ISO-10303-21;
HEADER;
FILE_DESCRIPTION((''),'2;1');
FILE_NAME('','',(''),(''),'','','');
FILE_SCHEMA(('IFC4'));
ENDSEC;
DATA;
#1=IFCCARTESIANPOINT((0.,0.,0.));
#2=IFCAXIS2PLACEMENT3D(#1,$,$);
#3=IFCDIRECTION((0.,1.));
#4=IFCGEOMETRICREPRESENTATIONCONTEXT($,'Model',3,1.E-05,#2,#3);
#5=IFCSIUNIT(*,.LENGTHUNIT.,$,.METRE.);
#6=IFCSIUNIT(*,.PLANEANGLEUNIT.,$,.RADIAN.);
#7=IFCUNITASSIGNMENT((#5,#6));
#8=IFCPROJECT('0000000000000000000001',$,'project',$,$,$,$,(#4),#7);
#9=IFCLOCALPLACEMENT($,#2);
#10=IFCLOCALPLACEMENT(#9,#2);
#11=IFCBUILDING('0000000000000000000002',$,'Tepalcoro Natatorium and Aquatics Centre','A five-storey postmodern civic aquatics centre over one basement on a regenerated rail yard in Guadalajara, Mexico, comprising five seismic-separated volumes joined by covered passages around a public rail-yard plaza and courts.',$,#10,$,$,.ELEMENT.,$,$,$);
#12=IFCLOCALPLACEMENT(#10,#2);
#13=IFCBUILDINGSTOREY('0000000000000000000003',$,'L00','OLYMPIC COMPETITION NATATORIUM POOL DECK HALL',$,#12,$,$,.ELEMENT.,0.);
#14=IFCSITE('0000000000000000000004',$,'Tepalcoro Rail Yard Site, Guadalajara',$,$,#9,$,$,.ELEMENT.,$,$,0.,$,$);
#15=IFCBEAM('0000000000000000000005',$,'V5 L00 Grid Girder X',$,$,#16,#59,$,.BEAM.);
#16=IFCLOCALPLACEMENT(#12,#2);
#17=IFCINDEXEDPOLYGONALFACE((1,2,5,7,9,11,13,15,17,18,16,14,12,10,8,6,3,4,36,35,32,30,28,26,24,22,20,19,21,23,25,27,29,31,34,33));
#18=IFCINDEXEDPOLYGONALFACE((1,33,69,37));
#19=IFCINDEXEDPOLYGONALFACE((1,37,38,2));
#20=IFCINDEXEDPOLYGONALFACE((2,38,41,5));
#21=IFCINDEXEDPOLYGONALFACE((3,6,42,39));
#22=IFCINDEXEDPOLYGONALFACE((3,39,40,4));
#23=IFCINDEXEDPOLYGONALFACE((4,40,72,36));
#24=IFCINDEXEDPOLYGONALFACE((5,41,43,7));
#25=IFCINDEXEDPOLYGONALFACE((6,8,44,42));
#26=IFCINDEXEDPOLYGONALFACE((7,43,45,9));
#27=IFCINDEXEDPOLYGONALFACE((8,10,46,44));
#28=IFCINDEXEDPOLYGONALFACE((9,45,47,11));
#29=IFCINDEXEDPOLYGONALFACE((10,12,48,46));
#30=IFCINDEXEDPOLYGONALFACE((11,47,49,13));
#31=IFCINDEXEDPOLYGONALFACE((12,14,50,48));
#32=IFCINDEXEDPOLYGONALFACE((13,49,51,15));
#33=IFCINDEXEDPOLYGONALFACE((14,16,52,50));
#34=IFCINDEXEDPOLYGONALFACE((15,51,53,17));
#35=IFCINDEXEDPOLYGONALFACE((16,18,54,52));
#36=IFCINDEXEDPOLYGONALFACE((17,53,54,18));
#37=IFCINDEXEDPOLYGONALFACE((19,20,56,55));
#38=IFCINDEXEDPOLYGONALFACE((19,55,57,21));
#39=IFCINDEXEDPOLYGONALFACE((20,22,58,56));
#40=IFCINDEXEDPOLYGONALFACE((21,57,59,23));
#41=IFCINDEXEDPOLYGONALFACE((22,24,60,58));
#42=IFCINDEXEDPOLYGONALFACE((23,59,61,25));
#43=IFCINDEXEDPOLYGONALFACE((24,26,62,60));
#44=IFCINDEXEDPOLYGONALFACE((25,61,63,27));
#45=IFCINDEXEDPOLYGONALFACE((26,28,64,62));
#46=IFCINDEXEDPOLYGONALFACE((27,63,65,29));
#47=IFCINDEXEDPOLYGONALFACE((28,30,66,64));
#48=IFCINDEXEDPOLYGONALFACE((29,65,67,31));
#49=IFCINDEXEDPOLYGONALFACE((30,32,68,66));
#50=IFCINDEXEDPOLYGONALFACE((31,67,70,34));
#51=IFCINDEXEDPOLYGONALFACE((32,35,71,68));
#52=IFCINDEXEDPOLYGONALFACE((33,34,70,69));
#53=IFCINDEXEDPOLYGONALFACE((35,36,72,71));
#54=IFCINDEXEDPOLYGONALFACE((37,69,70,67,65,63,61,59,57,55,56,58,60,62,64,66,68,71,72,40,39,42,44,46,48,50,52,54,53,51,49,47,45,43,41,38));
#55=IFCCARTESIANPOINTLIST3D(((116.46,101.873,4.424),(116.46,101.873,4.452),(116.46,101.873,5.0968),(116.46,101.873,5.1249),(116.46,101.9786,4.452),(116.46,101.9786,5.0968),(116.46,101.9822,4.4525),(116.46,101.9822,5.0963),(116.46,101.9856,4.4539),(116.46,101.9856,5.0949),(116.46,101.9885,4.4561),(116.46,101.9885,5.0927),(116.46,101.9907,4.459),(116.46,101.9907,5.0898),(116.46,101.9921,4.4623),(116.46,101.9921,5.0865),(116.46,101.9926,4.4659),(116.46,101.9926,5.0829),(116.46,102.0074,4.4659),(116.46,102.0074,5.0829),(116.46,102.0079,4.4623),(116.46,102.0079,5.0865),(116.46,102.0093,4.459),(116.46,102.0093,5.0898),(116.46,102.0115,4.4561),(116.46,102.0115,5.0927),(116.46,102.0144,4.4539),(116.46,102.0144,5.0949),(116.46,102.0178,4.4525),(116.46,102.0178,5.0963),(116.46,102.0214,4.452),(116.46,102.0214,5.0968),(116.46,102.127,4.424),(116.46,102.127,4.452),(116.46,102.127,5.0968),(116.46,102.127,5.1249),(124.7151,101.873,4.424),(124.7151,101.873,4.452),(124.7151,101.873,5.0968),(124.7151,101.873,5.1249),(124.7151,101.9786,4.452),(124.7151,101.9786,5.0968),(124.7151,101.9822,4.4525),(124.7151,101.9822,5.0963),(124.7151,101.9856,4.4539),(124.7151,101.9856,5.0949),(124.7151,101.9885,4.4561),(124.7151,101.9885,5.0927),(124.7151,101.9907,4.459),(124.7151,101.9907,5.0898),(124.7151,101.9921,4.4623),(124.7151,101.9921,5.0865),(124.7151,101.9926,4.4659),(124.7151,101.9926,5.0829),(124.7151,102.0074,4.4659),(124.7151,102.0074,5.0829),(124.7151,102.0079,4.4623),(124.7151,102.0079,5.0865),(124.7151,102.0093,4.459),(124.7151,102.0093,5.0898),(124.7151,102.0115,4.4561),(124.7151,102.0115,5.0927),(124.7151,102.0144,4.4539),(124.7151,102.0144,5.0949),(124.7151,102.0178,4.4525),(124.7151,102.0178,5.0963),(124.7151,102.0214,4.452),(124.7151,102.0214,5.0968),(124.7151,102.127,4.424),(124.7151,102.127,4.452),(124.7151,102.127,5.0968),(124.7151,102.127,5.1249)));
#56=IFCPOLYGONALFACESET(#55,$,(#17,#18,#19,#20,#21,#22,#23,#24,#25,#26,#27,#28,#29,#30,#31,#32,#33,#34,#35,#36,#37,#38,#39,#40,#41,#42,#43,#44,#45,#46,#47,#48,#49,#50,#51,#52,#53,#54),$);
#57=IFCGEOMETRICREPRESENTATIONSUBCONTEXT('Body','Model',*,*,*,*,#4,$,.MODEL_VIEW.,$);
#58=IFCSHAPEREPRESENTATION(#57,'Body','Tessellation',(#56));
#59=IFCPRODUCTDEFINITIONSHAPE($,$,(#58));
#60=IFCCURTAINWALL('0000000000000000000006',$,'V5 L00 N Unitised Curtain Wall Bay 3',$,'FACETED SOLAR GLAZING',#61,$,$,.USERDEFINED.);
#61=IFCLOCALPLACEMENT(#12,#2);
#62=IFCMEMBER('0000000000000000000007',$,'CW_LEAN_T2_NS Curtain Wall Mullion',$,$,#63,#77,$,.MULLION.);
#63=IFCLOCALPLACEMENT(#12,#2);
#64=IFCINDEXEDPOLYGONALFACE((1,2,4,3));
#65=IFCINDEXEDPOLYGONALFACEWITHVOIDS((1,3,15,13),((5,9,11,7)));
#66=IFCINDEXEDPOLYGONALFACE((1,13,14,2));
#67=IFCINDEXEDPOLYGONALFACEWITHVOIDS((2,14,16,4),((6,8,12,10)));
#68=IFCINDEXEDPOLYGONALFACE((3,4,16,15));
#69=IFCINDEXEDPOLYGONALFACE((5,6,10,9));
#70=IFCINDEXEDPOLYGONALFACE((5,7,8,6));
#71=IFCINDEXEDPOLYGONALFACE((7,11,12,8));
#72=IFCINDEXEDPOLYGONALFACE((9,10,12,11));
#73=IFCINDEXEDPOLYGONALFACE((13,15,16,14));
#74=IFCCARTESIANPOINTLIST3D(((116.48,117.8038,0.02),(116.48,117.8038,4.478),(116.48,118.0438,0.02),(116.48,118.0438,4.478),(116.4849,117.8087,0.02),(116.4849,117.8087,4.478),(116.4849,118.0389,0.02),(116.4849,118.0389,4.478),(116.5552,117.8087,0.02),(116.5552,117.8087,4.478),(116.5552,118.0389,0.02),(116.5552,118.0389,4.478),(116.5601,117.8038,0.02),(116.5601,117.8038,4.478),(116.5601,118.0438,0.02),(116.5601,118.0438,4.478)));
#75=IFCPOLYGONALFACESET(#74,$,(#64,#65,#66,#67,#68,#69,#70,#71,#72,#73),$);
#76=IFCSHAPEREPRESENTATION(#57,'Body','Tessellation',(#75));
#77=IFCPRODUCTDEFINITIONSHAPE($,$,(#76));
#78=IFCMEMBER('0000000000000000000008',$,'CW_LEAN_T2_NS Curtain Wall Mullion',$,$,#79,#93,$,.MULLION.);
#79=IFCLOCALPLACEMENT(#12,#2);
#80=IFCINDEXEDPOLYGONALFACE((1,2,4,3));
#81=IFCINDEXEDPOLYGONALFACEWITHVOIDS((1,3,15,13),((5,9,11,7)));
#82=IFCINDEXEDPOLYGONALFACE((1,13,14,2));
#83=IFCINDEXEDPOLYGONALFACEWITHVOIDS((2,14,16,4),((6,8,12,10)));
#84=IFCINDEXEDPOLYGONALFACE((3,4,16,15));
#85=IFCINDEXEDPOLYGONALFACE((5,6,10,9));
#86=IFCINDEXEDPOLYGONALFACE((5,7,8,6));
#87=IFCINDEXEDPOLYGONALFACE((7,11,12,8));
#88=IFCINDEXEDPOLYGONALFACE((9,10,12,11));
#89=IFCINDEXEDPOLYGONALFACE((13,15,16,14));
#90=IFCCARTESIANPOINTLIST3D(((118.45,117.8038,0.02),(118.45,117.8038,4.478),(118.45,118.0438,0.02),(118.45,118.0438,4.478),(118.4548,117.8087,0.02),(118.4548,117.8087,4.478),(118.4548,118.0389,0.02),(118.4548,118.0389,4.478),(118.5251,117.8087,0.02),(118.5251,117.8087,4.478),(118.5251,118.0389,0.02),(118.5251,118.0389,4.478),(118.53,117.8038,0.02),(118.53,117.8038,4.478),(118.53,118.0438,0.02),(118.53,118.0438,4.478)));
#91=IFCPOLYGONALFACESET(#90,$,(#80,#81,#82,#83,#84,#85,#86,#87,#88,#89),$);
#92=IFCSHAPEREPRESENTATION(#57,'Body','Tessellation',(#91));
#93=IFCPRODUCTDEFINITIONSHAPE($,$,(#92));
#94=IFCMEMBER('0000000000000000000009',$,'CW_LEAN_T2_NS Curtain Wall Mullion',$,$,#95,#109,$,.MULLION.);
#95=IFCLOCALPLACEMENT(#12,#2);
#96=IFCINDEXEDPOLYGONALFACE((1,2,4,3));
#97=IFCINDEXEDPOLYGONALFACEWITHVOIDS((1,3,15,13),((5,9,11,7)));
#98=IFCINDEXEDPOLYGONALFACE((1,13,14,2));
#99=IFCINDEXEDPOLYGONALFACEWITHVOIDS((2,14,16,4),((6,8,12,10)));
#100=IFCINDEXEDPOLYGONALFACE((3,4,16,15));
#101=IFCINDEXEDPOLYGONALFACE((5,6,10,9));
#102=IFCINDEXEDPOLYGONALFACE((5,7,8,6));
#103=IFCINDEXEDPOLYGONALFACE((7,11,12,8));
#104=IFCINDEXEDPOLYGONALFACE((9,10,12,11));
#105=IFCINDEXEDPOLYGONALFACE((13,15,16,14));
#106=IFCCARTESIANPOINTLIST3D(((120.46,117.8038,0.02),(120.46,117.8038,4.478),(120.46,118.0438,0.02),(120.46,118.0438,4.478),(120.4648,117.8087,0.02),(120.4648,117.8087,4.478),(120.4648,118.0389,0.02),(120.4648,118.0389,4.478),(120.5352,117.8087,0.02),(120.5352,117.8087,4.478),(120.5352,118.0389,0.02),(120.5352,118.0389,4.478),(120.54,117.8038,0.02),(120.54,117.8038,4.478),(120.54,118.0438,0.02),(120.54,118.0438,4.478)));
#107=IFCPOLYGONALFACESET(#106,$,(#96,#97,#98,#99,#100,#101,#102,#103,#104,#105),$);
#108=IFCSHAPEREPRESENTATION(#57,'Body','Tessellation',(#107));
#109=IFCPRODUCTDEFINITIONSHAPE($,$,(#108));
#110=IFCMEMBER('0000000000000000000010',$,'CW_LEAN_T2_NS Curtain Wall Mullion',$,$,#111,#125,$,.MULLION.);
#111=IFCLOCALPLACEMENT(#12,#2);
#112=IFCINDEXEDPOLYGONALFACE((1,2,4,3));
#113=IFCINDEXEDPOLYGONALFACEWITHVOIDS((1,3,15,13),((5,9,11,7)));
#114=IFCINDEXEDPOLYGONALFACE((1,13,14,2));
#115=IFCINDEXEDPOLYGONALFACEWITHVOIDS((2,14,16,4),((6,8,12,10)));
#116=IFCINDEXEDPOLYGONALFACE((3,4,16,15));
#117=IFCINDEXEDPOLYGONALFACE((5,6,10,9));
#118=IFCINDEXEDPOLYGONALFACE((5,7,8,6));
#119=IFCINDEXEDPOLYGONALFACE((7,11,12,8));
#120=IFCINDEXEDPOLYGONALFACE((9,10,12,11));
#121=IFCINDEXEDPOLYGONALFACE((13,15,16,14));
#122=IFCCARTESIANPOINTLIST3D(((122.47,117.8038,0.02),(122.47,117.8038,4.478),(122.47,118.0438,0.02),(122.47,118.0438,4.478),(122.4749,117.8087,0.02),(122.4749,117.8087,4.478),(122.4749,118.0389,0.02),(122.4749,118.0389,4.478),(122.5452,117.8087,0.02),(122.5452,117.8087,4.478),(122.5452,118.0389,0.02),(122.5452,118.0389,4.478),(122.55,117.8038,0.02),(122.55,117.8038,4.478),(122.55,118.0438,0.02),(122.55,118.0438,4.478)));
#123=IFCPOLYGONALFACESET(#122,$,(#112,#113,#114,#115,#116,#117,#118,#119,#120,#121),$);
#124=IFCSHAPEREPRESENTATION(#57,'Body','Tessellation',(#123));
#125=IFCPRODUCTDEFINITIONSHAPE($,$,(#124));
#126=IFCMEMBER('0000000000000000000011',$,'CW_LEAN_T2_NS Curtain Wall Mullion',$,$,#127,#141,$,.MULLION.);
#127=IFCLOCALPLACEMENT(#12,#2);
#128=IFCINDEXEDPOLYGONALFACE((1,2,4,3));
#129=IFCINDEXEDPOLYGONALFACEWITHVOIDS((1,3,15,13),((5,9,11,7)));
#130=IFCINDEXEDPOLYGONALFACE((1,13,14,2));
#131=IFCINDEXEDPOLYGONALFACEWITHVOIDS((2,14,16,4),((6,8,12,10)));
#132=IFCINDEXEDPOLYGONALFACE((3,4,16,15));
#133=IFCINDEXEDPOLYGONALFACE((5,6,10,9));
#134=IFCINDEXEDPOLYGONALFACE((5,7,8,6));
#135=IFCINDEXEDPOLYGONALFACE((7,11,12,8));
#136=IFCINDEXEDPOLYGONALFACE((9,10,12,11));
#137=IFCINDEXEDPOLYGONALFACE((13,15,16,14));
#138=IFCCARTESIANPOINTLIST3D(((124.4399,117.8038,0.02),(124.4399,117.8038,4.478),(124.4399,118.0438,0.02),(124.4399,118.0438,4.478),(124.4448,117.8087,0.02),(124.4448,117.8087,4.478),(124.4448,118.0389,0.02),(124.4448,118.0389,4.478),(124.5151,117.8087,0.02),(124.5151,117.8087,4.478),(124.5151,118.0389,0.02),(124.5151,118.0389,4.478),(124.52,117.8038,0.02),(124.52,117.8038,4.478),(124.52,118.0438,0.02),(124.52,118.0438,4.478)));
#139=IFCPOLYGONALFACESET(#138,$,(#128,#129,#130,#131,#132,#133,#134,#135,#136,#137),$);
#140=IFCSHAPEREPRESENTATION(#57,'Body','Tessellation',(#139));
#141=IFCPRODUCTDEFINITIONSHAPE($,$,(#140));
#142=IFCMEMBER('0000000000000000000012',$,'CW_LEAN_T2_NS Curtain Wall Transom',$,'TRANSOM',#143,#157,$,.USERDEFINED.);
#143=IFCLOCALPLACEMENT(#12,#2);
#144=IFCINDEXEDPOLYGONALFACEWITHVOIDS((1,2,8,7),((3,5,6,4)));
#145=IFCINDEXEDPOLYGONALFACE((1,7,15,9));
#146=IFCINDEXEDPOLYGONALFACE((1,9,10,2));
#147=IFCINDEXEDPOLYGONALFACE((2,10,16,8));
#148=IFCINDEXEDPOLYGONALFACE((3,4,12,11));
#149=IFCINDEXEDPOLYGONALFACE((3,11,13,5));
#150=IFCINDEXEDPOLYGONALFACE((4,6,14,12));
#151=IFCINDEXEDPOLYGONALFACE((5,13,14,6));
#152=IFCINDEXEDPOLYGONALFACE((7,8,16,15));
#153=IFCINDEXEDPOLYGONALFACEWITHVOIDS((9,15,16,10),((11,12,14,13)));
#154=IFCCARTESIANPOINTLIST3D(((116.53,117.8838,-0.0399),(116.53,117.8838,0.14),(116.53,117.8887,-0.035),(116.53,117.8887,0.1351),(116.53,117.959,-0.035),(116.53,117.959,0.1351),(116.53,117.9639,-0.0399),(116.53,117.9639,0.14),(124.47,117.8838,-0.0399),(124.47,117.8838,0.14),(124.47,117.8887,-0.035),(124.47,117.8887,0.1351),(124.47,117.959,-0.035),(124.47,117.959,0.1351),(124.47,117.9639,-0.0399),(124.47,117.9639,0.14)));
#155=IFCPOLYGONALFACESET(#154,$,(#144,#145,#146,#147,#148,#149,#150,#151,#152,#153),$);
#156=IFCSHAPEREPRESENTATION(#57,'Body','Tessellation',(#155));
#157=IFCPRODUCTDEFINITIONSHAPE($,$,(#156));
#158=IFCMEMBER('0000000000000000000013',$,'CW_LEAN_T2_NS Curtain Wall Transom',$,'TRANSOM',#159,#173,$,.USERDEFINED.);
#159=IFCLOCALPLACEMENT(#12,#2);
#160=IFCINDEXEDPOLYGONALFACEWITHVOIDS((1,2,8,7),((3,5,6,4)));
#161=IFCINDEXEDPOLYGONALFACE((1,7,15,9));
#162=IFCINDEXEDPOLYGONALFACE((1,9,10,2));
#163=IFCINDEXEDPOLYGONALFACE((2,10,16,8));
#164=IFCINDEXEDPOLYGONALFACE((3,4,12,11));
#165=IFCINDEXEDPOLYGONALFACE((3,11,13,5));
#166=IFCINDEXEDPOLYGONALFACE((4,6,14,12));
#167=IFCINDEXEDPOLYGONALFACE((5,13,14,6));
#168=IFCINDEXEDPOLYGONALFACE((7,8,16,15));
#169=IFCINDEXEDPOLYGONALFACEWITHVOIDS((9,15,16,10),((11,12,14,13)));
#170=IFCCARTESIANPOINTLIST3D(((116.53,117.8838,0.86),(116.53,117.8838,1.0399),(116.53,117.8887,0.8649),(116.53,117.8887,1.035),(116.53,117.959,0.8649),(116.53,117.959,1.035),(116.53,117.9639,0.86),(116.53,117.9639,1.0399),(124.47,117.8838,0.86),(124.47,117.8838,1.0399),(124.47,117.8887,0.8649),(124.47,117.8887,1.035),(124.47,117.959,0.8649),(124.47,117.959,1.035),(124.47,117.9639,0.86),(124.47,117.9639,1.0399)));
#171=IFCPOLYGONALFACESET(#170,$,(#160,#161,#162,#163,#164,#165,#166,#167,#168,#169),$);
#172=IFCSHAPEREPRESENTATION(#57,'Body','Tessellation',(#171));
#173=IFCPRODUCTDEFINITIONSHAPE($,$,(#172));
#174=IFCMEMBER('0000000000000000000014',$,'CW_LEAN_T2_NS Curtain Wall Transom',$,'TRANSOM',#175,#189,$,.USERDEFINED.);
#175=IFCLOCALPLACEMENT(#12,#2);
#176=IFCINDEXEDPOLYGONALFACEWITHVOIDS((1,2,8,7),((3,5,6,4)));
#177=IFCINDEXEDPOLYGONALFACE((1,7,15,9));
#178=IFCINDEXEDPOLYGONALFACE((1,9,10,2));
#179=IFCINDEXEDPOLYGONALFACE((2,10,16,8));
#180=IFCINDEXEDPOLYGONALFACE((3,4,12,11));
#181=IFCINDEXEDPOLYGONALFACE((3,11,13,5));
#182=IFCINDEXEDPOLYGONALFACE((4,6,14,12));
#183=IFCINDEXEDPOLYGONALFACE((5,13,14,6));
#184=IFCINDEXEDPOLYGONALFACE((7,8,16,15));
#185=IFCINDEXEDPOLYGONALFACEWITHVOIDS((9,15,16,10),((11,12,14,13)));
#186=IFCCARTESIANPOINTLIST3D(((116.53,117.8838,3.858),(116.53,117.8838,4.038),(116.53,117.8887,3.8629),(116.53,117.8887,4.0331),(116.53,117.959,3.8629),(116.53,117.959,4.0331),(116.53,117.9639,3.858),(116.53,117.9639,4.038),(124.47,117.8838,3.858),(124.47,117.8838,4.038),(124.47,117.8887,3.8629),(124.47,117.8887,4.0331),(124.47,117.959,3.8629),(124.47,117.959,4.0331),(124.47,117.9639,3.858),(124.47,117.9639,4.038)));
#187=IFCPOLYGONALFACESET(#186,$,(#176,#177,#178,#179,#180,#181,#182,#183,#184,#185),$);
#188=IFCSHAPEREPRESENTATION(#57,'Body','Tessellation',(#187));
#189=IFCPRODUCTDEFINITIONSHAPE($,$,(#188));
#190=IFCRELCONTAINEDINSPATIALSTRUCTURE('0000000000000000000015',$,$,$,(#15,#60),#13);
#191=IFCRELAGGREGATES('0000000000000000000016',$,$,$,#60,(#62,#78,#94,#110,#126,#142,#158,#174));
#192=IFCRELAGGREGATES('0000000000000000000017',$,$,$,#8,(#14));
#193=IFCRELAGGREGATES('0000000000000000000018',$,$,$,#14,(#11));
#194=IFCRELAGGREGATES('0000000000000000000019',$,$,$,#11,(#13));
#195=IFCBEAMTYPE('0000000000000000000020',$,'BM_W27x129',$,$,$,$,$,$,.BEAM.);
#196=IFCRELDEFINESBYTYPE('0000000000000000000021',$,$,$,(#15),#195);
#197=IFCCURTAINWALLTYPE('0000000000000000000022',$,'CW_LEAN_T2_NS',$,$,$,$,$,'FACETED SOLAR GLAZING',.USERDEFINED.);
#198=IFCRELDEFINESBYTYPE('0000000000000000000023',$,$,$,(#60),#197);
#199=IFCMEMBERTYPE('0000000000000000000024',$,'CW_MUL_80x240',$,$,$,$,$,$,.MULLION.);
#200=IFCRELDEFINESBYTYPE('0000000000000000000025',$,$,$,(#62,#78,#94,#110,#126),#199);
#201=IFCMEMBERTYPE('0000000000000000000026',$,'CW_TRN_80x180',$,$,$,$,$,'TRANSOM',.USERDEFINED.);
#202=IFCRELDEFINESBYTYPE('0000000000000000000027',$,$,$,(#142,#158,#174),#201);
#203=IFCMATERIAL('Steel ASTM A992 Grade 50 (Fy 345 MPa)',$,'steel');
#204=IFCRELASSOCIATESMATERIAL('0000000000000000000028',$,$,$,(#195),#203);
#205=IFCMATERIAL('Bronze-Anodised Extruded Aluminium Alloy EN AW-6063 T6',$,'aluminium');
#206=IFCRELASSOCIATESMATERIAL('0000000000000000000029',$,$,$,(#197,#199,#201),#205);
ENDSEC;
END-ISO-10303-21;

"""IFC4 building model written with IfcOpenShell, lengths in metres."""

from ifc_helpers import new_model, si_unit, direction, frame, origin, origin_2d, place, context, subcontext, project, spatial, hollow_rectangle, i_section, extrude, material, material_profile, profile_set, type_object, element, aggregate, save


model = new_model("IFC4")

# Units and contexts
model_context = context("Model", 3, precision=1e-05, world=origin(), true_north=direction((0.0, 1.0)))
body_context = subcontext(model_context, "Body", "Model", "MODEL_VIEW")
ifc_project = project(units=[si_unit("LENGTHUNIT", "METRE"), si_unit("PLANEANGLEUNIT", "RADIAN")], contexts=[model_context])

# Site, building, storey
site_placement = place(None, origin())
site = spatial("IfcSite", under=ifc_project, at=site_placement, Name="Tepalcoro Rail Yard Site, Guadalajara", CompositionType="ELEMENT", RefElevation=0.0)
building_placement = place(site_placement, origin())
building = spatial("IfcBuilding", under=site, at=building_placement, Name="Tepalcoro Natatorium and Aquatics Centre", Description="A five-storey postmodern civic aquatics centre over one basement on a regenerated rail yard in Guadalajara, Mexico, comprising five seismic-separated volumes joined by covered passages around a public rail-yard plaza and courts.", CompositionType="ELEMENT")
storey_placement = place(building_placement, origin())
storey = spatial("IfcBuildingStorey", under=building, at=storey_placement, Name="L00", Description="OLYMPIC COMPETITION NATATORIUM POOL DECK HALL", CompositionType="ELEMENT", Elevation=0.0)

# Beam
ifc_material_1 = material(Name="Steel ASTM A992 Grade 50 (Fy 345 MPa)", Category="steel")
ifc_material_profile_1 = material_profile(ifc_material_1, i_section(OverallWidth=0.2539, OverallDepth=0.7009, WebThickness=0.0149, FlangeThickness=0.0281, FilletRadius=0.0139, at=origin_2d()), Name="W27X129")
ifc_profile_set_1 = profile_set([ifc_material_profile_1], Name="Steel ASTM A992 Grade 50 (Fy 345 MPa)")
beam_type_1 = type_object("IfcBeamType", Name="BM_W27x129", PredefinedType="BEAM", material=ifc_profile_set_1)
beam_1_placement = place(storey_placement, frame((116.46, 102.0, 4.7744), z_axis=(1.0, 0.0, 0.0), x_axis=(0.0, 1.0, 0.0)))
element("IfcBeam", 1, at=beam_1_placement, inside=storey, type_object=beam_type_1, Name="V5 L00 Grid Girder X", PredefinedType="BEAM", context=body_context, shape_type="SweptSolid", body=[
    extrude(i_section(OverallWidth=0.2539, OverallDepth=0.7009, WebThickness=0.0149, FlangeThickness=0.0281, FilletRadius=0.0139, at=origin_2d()), origin(), (0.0, 0.0, 1.0), 8.2551),
])

# Curtain wall, members
ifc_material_2 = material(Name="Bronze-Anodised Extruded Aluminium Alloy EN AW-6063 T6", Category="aluminium")
curtain_wall_type = type_object("IfcCurtainWallType", Name="CW_LEAN_T2_NS", ElementType="FACETED SOLAR GLAZING", PredefinedType="USERDEFINED", material=ifc_material_2)
curtain_wall_placement = place(storey_placement, origin())
curtain_wall = element("IfcCurtainWall", 2, at=curtain_wall_placement, inside=storey, type_object=curtain_wall_type, Name="V5 L00 N Unitised Curtain Wall Bay 3", ObjectType="FACETED SOLAR GLAZING", PredefinedType="USERDEFINED")
ifc_material_profile_2 = material_profile(ifc_material_2, hollow_rectangle(XDim=0.0801, YDim=0.24, WallThickness=0.0049, at=origin_2d()), Name="AL80X240X5")
ifc_profile_set_2 = profile_set([ifc_material_profile_2], Name="Bronze-Anodised Extruded Aluminium Alloy EN AW-6063 T6")
member_type_1 = type_object("IfcMemberType", Name="CW_MUL_80x240", PredefinedType="MULLION", material=ifc_profile_set_2)
member_1_placement = place(storey_placement, frame((116.52, 117.9238, 0.02), z_axis=(0.0, 0.0, 1.0), x_axis=(1.0, 0.0, 0.0)))
member_1 = element("IfcMember", 3, at=member_1_placement, type_object=member_type_1, Name="CW_LEAN_T2_NS Curtain Wall Mullion", PredefinedType="MULLION", context=body_context, shape_type="SweptSolid", body=[
    extrude(hollow_rectangle(XDim=0.0801, YDim=0.24, WallThickness=0.0049, at=origin_2d()), origin(), (0.0, 0.0, 1.0), 4.458),
])
member_2_placement = place(storey_placement, frame((118.49, 117.9238, 0.02), z_axis=(0.0, 0.0, 1.0), x_axis=(1.0, 0.0, 0.0)))
member_2 = element("IfcMember", 4, at=member_2_placement, type_object=member_type_1, Name="CW_LEAN_T2_NS Curtain Wall Mullion", PredefinedType="MULLION", context=body_context, shape_type="SweptSolid", body=[
    extrude(hollow_rectangle(XDim=0.0801, YDim=0.24, WallThickness=0.0049, at=origin_2d()), origin(), (0.0, 0.0, 1.0), 4.458),
])
member_3_placement = place(storey_placement, frame((120.5, 117.9238, 0.02), z_axis=(0.0, 0.0, 1.0), x_axis=(1.0, 0.0, 0.0)))
member_3 = element("IfcMember", 5, at=member_3_placement, type_object=member_type_1, Name="CW_LEAN_T2_NS Curtain Wall Mullion", PredefinedType="MULLION", context=body_context, shape_type="SweptSolid", body=[
    extrude(hollow_rectangle(XDim=0.0801, YDim=0.24, WallThickness=0.0049, at=origin_2d()), origin(), (0.0, 0.0, 1.0), 4.458),
])
member_4_placement = place(storey_placement, frame((122.51, 117.9238, 0.02), z_axis=(0.0, 0.0, 1.0), x_axis=(1.0, 0.0, 0.0)))
member_4 = element("IfcMember", 6, at=member_4_placement, type_object=member_type_1, Name="CW_LEAN_T2_NS Curtain Wall Mullion", PredefinedType="MULLION", context=body_context, shape_type="SweptSolid", body=[
    extrude(hollow_rectangle(XDim=0.0801, YDim=0.24, WallThickness=0.0049, at=origin_2d()), origin(), (0.0, 0.0, 1.0), 4.458),
])
member_5_placement = place(storey_placement, frame((124.48, 117.9238, 0.02), z_axis=(0.0, 0.0, 1.0), x_axis=(1.0, 0.0, 0.0)))
member_5 = element("IfcMember", 7, at=member_5_placement, type_object=member_type_1, Name="CW_LEAN_T2_NS Curtain Wall Mullion", PredefinedType="MULLION", context=body_context, shape_type="SweptSolid", body=[
    extrude(hollow_rectangle(XDim=0.0801, YDim=0.24, WallThickness=0.0049, at=origin_2d()), origin(), (0.0, 0.0, 1.0), 4.458),
])
ifc_material_profile_3 = material_profile(ifc_material_2, hollow_rectangle(XDim=0.0801, YDim=0.1799, WallThickness=0.0049, at=origin_2d()), Name="AL80X180X5")
ifc_profile_set_3 = profile_set([ifc_material_profile_3], Name="Bronze-Anodised Extruded Aluminium Alloy EN AW-6063 T6")
member_type_2 = type_object("IfcMemberType", Name="CW_TRN_80x180", ElementType="TRANSOM", PredefinedType="USERDEFINED", material=ifc_profile_set_3)
member_6_placement = place(storey_placement, frame((116.53, 117.9238, 0.05), z_axis=(1.0, 0.0, 0.0), x_axis=(0.0, 1.0, 0.0)))
member_6 = element("IfcMember", 8, at=member_6_placement, type_object=member_type_2, Name="CW_LEAN_T2_NS Curtain Wall Transom", ObjectType="TRANSOM", PredefinedType="USERDEFINED", context=body_context, shape_type="SweptSolid", body=[
    extrude(hollow_rectangle(XDim=0.0801, YDim=0.1799, WallThickness=0.0049, at=origin_2d()), origin(), (0.0, 0.0, 1.0), 7.9399),
])
member_7_placement = place(storey_placement, frame((116.53, 117.9238, 0.95), z_axis=(1.0, 0.0, 0.0), x_axis=(0.0, 1.0, 0.0)))
member_7 = element("IfcMember", 9, at=member_7_placement, type_object=member_type_2, Name="CW_LEAN_T2_NS Curtain Wall Transom", ObjectType="TRANSOM", PredefinedType="USERDEFINED", context=body_context, shape_type="SweptSolid", body=[
    extrude(hollow_rectangle(XDim=0.0801, YDim=0.1799, WallThickness=0.0049, at=origin_2d()), origin(), (0.0, 0.0, 1.0), 7.9399),
])
member_8_placement = place(storey_placement, frame((116.53, 117.9238, 3.948), z_axis=(1.0, 0.0, 0.0), x_axis=(0.0, 1.0, 0.0)))
member_8 = element("IfcMember", 10, at=member_8_placement, type_object=member_type_2, Name="CW_LEAN_T2_NS Curtain Wall Transom", ObjectType="TRANSOM", PredefinedType="USERDEFINED", context=body_context, shape_type="SweptSolid", body=[
    extrude(hollow_rectangle(XDim=0.0801, YDim=0.1799, WallThickness=0.0049, at=origin_2d()), origin(), (0.0, 0.0, 1.0), 7.9399),
])

aggregate(curtain_wall, [member_1, member_2, member_3, member_4, member_5, member_6, member_7, member_8])

save(model, "model.ifc")
